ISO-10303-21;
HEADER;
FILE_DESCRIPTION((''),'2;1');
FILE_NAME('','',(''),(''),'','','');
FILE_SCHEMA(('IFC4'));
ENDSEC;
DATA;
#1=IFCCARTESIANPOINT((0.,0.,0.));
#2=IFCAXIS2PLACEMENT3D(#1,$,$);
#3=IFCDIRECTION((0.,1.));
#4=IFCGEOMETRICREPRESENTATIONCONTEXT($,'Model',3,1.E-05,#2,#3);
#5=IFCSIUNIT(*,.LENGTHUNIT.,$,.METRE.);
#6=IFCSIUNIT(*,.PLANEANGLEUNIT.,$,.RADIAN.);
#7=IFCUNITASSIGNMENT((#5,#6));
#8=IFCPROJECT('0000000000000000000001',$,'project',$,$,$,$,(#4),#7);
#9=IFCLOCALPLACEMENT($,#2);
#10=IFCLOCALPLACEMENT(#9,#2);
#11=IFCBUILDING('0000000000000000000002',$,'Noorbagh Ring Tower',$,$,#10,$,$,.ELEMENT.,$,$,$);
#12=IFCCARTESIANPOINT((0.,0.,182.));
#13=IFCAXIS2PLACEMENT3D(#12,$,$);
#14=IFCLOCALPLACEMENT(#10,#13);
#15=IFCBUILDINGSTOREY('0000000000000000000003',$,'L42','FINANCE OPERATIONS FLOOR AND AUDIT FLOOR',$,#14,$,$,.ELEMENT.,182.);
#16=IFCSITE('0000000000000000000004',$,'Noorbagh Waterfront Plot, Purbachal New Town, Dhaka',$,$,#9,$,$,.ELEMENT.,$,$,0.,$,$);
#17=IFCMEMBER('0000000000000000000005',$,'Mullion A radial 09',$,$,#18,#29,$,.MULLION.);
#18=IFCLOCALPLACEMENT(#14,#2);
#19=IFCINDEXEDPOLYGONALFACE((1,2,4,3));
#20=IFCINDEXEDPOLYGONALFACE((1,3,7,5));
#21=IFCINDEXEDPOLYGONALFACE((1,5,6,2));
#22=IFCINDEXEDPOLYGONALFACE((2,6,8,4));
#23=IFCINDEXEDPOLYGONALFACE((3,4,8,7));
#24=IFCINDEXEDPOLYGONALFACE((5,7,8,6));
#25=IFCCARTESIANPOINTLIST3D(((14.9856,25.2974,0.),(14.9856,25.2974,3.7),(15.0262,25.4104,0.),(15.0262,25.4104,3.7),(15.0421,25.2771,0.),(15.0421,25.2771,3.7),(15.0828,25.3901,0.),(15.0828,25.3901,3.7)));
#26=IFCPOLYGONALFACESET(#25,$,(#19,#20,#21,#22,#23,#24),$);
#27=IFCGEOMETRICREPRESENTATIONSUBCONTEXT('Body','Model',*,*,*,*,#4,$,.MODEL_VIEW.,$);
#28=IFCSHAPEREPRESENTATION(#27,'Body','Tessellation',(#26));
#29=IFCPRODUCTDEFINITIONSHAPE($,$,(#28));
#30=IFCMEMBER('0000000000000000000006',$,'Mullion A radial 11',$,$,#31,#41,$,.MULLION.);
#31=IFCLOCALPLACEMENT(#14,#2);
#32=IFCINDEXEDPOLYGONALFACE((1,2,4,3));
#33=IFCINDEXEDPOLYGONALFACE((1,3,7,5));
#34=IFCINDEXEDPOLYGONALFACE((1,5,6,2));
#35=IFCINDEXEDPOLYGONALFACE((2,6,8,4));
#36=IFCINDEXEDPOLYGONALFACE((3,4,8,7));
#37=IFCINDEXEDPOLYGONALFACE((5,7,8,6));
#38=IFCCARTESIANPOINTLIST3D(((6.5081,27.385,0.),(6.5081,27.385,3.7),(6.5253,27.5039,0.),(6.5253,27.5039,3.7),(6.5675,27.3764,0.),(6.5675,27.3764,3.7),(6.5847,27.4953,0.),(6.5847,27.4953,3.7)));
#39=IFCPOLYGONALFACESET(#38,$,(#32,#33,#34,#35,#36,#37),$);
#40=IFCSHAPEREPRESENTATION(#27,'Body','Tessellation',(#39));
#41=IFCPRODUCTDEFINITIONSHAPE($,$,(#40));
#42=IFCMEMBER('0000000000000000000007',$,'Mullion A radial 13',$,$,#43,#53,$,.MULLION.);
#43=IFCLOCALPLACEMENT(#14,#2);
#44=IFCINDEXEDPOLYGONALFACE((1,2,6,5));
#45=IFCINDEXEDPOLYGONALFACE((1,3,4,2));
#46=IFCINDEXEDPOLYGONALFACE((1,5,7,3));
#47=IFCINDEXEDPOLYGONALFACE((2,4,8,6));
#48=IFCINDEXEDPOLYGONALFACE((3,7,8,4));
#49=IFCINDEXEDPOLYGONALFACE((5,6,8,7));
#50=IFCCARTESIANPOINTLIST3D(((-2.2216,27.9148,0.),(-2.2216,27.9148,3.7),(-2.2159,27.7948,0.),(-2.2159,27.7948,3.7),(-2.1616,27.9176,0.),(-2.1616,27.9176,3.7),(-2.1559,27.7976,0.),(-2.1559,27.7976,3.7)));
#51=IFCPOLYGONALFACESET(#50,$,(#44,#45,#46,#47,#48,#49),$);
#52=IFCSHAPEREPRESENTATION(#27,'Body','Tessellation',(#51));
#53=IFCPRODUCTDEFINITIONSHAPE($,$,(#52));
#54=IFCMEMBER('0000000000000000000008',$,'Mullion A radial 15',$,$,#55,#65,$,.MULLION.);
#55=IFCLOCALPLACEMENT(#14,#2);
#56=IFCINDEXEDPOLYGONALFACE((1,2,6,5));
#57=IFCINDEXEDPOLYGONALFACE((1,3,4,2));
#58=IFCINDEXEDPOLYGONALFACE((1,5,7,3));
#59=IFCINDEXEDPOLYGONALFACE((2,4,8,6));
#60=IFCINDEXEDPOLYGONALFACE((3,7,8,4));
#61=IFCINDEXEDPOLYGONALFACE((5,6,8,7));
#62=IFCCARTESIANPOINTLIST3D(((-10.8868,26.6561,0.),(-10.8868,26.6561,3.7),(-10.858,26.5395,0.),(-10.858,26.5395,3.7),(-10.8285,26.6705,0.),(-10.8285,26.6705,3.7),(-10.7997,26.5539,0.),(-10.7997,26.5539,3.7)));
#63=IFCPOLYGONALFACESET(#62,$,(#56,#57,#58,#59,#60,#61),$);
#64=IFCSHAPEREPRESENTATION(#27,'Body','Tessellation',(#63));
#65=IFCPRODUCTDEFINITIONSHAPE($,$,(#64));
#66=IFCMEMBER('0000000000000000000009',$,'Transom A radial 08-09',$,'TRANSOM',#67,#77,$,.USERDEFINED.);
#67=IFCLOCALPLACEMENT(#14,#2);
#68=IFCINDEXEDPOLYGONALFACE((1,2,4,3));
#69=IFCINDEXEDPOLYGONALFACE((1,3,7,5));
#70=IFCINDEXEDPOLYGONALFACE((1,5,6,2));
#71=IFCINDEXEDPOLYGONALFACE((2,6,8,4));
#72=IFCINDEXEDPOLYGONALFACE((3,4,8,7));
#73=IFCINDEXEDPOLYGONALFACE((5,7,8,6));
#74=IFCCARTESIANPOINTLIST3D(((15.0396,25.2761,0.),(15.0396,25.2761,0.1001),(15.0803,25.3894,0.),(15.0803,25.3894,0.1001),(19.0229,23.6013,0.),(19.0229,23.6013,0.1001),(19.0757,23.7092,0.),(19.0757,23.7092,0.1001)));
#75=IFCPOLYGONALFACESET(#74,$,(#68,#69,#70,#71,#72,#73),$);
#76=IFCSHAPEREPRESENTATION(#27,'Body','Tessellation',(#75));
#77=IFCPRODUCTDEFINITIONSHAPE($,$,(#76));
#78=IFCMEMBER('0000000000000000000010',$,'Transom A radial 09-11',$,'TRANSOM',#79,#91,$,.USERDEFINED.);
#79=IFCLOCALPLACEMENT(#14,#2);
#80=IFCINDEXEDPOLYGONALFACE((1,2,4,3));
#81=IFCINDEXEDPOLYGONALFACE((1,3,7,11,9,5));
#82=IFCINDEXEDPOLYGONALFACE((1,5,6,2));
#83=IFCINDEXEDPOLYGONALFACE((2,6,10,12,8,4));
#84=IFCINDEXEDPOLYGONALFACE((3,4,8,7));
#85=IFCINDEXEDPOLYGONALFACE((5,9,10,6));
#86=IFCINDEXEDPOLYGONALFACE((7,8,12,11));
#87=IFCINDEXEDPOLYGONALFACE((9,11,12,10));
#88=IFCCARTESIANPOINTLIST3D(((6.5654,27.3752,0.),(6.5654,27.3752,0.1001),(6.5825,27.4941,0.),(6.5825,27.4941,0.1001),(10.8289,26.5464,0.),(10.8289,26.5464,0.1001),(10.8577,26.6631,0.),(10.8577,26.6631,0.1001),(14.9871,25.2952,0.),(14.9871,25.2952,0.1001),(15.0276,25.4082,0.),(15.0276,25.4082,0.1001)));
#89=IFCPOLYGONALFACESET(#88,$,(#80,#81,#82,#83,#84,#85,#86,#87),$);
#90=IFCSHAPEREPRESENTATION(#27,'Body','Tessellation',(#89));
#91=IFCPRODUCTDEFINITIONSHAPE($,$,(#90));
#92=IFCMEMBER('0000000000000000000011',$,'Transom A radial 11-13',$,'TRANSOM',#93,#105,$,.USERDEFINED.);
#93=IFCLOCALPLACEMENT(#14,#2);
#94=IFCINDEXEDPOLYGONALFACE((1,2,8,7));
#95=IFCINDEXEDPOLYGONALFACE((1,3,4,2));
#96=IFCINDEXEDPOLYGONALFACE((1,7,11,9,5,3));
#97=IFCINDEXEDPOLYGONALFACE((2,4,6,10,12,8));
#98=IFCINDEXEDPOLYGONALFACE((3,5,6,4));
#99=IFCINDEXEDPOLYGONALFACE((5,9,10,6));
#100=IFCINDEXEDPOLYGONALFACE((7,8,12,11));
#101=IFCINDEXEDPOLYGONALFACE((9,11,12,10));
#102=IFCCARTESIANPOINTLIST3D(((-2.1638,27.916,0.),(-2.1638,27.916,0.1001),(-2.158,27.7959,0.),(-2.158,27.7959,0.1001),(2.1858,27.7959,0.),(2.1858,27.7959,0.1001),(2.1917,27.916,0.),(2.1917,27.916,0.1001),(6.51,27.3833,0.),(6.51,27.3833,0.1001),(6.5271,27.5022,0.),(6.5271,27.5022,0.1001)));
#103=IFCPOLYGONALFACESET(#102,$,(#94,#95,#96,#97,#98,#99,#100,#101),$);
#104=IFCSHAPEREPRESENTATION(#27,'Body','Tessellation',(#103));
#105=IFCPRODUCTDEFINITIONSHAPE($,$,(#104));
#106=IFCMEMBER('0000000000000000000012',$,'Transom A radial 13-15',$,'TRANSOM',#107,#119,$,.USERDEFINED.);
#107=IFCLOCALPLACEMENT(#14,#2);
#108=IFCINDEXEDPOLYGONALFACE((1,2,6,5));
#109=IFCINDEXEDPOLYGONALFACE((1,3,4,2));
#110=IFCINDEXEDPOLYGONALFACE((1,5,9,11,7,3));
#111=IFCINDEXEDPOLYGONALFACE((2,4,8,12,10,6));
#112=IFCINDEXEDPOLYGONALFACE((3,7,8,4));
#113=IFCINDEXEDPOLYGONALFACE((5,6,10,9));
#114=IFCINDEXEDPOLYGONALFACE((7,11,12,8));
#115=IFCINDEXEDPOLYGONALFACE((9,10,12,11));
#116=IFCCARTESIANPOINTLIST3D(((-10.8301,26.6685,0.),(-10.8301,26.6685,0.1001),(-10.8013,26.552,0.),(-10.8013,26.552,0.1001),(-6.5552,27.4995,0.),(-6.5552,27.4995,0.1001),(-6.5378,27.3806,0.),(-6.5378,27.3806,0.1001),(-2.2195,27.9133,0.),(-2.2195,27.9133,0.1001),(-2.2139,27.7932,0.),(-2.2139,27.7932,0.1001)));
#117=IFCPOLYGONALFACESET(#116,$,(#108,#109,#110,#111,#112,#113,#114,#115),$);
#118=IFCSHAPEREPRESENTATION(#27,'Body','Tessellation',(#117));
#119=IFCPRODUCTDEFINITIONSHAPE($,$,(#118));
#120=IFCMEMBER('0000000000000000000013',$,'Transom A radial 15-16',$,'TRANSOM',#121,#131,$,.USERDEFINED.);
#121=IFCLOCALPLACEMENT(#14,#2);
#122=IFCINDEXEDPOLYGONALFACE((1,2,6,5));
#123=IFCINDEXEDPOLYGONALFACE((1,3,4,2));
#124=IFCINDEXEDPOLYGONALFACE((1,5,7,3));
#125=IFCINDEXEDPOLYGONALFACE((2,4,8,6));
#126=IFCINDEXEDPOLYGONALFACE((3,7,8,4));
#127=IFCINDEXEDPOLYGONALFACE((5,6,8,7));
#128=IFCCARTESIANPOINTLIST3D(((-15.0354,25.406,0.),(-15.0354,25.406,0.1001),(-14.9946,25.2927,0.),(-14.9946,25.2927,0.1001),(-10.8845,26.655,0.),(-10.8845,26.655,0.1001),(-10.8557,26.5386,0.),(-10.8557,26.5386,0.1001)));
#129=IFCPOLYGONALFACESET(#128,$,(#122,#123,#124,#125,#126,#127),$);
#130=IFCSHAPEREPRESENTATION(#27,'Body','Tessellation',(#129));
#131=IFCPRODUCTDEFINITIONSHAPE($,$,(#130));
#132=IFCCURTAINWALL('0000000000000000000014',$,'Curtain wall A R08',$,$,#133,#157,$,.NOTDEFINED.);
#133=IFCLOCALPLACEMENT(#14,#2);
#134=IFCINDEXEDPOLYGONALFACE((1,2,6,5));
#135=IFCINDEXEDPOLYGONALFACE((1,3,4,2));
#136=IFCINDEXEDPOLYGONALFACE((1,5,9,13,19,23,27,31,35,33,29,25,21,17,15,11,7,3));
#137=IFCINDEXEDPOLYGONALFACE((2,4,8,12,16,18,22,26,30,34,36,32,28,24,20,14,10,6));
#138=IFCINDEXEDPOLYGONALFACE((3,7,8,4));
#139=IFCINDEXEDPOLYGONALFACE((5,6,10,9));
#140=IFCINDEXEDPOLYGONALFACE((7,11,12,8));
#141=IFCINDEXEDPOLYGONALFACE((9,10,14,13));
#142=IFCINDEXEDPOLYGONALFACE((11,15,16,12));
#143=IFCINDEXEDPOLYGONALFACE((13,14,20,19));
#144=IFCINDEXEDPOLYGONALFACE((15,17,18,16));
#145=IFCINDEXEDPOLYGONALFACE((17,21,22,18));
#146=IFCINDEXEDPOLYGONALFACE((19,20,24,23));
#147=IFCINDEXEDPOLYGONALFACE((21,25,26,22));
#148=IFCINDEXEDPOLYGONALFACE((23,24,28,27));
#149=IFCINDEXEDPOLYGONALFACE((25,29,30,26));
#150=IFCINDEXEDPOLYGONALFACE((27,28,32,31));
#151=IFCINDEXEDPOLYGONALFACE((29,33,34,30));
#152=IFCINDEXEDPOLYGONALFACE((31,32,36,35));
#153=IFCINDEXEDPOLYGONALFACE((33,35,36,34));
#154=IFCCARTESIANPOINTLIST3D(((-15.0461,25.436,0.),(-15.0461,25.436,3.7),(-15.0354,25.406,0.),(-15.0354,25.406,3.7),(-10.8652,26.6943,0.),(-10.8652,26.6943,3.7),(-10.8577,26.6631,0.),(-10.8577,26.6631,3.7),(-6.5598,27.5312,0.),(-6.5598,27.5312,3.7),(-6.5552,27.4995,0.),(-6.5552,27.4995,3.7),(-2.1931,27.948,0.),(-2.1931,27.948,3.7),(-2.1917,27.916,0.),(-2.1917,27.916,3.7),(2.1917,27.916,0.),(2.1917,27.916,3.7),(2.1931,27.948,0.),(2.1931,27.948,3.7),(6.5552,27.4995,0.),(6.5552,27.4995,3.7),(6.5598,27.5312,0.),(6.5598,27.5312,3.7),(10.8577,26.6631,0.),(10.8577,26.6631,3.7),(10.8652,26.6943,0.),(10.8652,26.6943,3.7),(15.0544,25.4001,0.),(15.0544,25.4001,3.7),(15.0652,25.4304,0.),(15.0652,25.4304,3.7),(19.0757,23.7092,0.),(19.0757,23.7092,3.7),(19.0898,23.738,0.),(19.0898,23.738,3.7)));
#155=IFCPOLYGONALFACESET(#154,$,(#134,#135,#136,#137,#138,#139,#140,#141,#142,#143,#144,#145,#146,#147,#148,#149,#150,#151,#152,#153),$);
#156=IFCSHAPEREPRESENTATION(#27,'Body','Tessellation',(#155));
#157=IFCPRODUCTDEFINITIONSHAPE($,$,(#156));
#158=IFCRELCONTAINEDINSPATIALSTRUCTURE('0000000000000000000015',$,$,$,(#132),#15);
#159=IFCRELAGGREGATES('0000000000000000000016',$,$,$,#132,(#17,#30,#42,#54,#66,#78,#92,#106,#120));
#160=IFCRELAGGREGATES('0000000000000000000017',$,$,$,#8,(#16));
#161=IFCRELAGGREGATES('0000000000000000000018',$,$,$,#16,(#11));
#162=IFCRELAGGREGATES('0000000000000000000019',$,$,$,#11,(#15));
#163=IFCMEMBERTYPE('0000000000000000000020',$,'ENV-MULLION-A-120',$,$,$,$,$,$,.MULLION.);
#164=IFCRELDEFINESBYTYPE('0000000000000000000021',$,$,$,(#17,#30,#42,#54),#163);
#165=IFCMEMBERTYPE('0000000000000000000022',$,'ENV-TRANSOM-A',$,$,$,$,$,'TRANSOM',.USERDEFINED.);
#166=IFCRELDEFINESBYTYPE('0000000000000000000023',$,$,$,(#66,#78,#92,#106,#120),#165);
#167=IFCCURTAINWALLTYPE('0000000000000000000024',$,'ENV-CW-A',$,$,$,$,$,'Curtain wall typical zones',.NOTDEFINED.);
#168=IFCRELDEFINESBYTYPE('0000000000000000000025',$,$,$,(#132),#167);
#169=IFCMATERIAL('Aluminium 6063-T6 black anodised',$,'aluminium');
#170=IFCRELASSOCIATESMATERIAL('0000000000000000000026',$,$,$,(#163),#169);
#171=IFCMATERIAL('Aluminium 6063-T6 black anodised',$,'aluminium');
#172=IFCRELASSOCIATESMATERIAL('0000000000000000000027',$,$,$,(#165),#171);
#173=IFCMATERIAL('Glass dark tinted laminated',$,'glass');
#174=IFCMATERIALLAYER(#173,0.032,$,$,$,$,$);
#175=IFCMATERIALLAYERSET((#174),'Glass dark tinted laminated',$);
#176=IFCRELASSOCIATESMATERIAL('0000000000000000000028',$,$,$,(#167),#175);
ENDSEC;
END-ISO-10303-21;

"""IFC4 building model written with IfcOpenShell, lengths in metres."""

from ifc_helpers import new_model, si_unit, direction, frame, origin, origin_2d, place, context, subcontext, project, spatial, polyline, rectangle, outline, extrude, material, layer, layer_set, material_profile, profile_set, type_object, element, aggregate, save


model = new_model("IFC4")

# Units and contexts
model_context = context("Model", 3, precision=1e-05, world=origin(), true_north=direction((0.0, 1.0)))
body_context = subcontext(model_context, "Body", "Model", "MODEL_VIEW")
ifc_project = project(units=[si_unit("LENGTHUNIT", "METRE"), si_unit("PLANEANGLEUNIT", "RADIAN")], contexts=[model_context])

# Members
ifc_material_1 = material(Name="Aluminium 6063-T6 black anodised", Category="aluminium")
ifc_material_profile = material_profile(ifc_material_1, rectangle(XDim=0.1201, YDim=0.0601, at=origin_2d()), Name="120x60")
ifc_profile_set = profile_set([ifc_material_profile], Name="Aluminium 6063-T6 black anodised")
member_type_1 = type_object("IfcMemberType", Name="ENV-MULLION-A-120", PredefinedType="MULLION", material=ifc_profile_set)
site_placement = place(None, origin())
building_placement = place(site_placement, origin())
storey_placement = place(building_placement, frame((0.0, 0.0, 182.0)))
member_1_placement = place(storey_placement, frame((15.0342, 25.3438, 0.0), z_axis=(0.0, 0.0, 1.0), x_axis=(-0.338379, -0.94101, 0.0)))
member_1 = element("IfcMember", 1, at=member_1_placement, type_object=member_type_1, Name="Mullion A radial 09", PredefinedType="MULLION", context=body_context, shape_type="SweptSolid", body=[
    extrude(rectangle(XDim=0.1201, YDim=0.0601, at=origin_2d()), origin(), (0.0, 0.0, 1.0), 3.7),
])
member_2_placement = place(storey_placement, frame((6.5464, 27.4402, 0.0), z_axis=(0.0, 0.0, 1.0), x_axis=(-0.143082, -0.989711, 0.0)))
member_2 = element("IfcMember", 2, at=member_2_placement, type_object=member_type_1, Name="Mullion A radial 11", PredefinedType="MULLION", context=body_context, shape_type="SweptSolid", body=[
    extrude(rectangle(XDim=0.1201, YDim=0.0601, at=origin_2d()), origin(), (0.0, 0.0, 1.0), 3.7),
])
member_3_placement = place(storey_placement, frame((-2.1887, 27.8562, 0.0), z_axis=(0.0, 0.0, 1.0), x_axis=(0.047558, -0.998868, 0.0)))
member_3 = element("IfcMember", 3, at=member_3_placement, type_object=member_type_1, Name="Mullion A radial 13", PredefinedType="MULLION", context=body_context, shape_type="SweptSolid", body=[
    extrude(rectangle(XDim=0.1201, YDim=0.0601, at=origin_2d()), origin(), (0.0, 0.0, 1.0), 3.7),
])
member_4_placement = place(storey_placement, frame((-10.8433, 26.605, 0.0), z_axis=(0.0, 0.0, 1.0), x_axis=(0.239799, -0.970823, 0.0)))
member_4 = element("IfcMember", 4, at=member_4_placement, type_object=member_type_1, Name="Mullion A radial 15", PredefinedType="MULLION", context=body_context, shape_type="SweptSolid", body=[
    extrude(rectangle(XDim=0.1201, YDim=0.0601, at=origin_2d()), origin(), (0.0, 0.0, 1.0), 3.7),
])
ifc_material_2 = material(Name="Aluminium 6063-T6 black anodised", Category="aluminium")
member_type_2 = type_object("IfcMemberType", Name="ENV-TRANSOM-A", ElementType="TRANSOM", PredefinedType="USERDEFINED", material=ifc_material_2)
member_5_placement = place(storey_placement, origin())
member_5 = element("IfcMember", 5, at=member_5_placement, type_object=member_type_2, Name="Transom A radial 08-09", ObjectType="TRANSOM", PredefinedType="USERDEFINED", context=body_context, shape_type="SweptSolid", body=[
    extrude(outline(polyline([(19.0757, 23.7092), (15.0803, 25.3894), (15.0396, 25.2761), (19.0229, 23.6013), (19.0757, 23.7092)])), origin(), (0.0, 0.0, 1.0), 0.1001),
])
member_6_placement = place(storey_placement, origin())
member_6 = element("IfcMember", 6, at=member_6_placement, type_object=member_type_2, Name="Transom A radial 09-11", ObjectType="TRANSOM", PredefinedType="USERDEFINED", context=body_context, shape_type="SweptSolid", body=[
    extrude(outline(polyline([(15.0276, 25.4082), (10.8577, 26.6631), (6.5825, 27.4941), (6.5654, 27.3752), (10.8289, 26.5464), (14.9871, 25.2952), (15.0276, 25.4082)])), origin(), (0.0, 0.0, 1.0), 0.1001),
])
member_7_placement = place(storey_placement, origin())
member_7 = element("IfcMember", 7, at=member_7_placement, type_object=member_type_2, Name="Transom A radial 11-13", ObjectType="TRANSOM", PredefinedType="USERDEFINED", context=body_context, shape_type="SweptSolid", body=[
    extrude(outline(polyline([(6.5271, 27.5022), (2.1917, 27.916), (-2.1638, 27.916), (-2.158, 27.7959), (2.1858, 27.7959), (6.51, 27.3833), (6.5271, 27.5022)])), origin(), (0.0, 0.0, 1.0), 0.1001),
])
member_8_placement = place(storey_placement, origin())
member_8 = element("IfcMember", 8, at=member_8_placement, type_object=member_type_2, Name="Transom A radial 13-15", ObjectType="TRANSOM", PredefinedType="USERDEFINED", context=body_context, shape_type="SweptSolid", body=[
    extrude(outline(polyline([(-2.2195, 27.9133), (-6.5552, 27.4995), (-10.8301, 26.6685), (-10.8013, 26.552), (-6.5378, 27.3806), (-2.2139, 27.7932), (-2.2195, 27.9133)])), origin(), (0.0, 0.0, 1.0), 0.1001),
])
member_9_placement = place(storey_placement, origin())
member_9 = element("IfcMember", 9, at=member_9_placement, type_object=member_type_2, Name="Transom A radial 15-16", ObjectType="TRANSOM", PredefinedType="USERDEFINED", context=body_context, shape_type="SweptSolid", body=[
    extrude(outline(polyline([(-10.8845, 26.655), (-15.0354, 25.406), (-14.9946, 25.2927), (-10.8557, 26.5386), (-10.8845, 26.655)])), origin(), (0.0, 0.0, 1.0), 0.1001),
])

# Site, building, storey
site = spatial("IfcSite", under=ifc_project, at=site_placement, Name="Noorbagh Waterfront Plot, Purbachal New Town, Dhaka", CompositionType="ELEMENT", RefElevation=0.0)
building = spatial("IfcBuilding", under=site, at=building_placement, Name="Noorbagh Ring Tower", CompositionType="ELEMENT")
storey = spatial("IfcBuildingStorey", under=building, at=storey_placement, Name="L42", Description="FINANCE OPERATIONS FLOOR AND AUDIT FLOOR", CompositionType="ELEMENT", Elevation=182.0)

# Curtain wall
ifc_material_3 = material(Name="Glass dark tinted laminated", Category="glass")
ifc_layer_1 = layer(ifc_material_3, 0.032)
ifc_layer_set_1 = layer_set([ifc_layer_1], Name="Glass dark tinted laminated")
curtain_wall_type = type_object("IfcCurtainWallType", Name="ENV-CW-A", ElementType="Curtain wall typical zones", PredefinedType="NOTDEFINED", material=ifc_layer_set_1)
curtain_wall_1_placement = place(storey_placement, origin())
curtain_wall_1 = element("IfcCurtainWall", 10, at=curtain_wall_1_placement, inside=storey, type_object=curtain_wall_type, Name="Curtain wall A R08", PredefinedType="NOTDEFINED", context=body_context, shape_type="SweptSolid", body=[
    extrude(outline(polyline([(19.0898, 23.738), (15.0652, 25.4304), (10.8652, 26.6943), (6.5598, 27.5312), (2.1931, 27.948), (-2.1931, 27.948), (-6.5598, 27.5312), (-10.8652, 26.6943), (-15.0461, 25.436), (-15.0354, 25.406), (-10.8577, 26.6631), (-6.5552, 27.4995), (-2.1917, 27.916), (2.1917, 27.916), (6.5552, 27.4995), (10.8577, 26.6631), (15.0544, 25.4001), (19.0757, 23.7092), (19.0898, 23.738)])), origin(), (0.0, 0.0, 1.0), 3.7),
])
aggregate(curtain_wall_1, [member_1, member_2, member_3, member_4, member_5, member_6, member_7, member_8, member_9])

save(model, "model.ifc")
